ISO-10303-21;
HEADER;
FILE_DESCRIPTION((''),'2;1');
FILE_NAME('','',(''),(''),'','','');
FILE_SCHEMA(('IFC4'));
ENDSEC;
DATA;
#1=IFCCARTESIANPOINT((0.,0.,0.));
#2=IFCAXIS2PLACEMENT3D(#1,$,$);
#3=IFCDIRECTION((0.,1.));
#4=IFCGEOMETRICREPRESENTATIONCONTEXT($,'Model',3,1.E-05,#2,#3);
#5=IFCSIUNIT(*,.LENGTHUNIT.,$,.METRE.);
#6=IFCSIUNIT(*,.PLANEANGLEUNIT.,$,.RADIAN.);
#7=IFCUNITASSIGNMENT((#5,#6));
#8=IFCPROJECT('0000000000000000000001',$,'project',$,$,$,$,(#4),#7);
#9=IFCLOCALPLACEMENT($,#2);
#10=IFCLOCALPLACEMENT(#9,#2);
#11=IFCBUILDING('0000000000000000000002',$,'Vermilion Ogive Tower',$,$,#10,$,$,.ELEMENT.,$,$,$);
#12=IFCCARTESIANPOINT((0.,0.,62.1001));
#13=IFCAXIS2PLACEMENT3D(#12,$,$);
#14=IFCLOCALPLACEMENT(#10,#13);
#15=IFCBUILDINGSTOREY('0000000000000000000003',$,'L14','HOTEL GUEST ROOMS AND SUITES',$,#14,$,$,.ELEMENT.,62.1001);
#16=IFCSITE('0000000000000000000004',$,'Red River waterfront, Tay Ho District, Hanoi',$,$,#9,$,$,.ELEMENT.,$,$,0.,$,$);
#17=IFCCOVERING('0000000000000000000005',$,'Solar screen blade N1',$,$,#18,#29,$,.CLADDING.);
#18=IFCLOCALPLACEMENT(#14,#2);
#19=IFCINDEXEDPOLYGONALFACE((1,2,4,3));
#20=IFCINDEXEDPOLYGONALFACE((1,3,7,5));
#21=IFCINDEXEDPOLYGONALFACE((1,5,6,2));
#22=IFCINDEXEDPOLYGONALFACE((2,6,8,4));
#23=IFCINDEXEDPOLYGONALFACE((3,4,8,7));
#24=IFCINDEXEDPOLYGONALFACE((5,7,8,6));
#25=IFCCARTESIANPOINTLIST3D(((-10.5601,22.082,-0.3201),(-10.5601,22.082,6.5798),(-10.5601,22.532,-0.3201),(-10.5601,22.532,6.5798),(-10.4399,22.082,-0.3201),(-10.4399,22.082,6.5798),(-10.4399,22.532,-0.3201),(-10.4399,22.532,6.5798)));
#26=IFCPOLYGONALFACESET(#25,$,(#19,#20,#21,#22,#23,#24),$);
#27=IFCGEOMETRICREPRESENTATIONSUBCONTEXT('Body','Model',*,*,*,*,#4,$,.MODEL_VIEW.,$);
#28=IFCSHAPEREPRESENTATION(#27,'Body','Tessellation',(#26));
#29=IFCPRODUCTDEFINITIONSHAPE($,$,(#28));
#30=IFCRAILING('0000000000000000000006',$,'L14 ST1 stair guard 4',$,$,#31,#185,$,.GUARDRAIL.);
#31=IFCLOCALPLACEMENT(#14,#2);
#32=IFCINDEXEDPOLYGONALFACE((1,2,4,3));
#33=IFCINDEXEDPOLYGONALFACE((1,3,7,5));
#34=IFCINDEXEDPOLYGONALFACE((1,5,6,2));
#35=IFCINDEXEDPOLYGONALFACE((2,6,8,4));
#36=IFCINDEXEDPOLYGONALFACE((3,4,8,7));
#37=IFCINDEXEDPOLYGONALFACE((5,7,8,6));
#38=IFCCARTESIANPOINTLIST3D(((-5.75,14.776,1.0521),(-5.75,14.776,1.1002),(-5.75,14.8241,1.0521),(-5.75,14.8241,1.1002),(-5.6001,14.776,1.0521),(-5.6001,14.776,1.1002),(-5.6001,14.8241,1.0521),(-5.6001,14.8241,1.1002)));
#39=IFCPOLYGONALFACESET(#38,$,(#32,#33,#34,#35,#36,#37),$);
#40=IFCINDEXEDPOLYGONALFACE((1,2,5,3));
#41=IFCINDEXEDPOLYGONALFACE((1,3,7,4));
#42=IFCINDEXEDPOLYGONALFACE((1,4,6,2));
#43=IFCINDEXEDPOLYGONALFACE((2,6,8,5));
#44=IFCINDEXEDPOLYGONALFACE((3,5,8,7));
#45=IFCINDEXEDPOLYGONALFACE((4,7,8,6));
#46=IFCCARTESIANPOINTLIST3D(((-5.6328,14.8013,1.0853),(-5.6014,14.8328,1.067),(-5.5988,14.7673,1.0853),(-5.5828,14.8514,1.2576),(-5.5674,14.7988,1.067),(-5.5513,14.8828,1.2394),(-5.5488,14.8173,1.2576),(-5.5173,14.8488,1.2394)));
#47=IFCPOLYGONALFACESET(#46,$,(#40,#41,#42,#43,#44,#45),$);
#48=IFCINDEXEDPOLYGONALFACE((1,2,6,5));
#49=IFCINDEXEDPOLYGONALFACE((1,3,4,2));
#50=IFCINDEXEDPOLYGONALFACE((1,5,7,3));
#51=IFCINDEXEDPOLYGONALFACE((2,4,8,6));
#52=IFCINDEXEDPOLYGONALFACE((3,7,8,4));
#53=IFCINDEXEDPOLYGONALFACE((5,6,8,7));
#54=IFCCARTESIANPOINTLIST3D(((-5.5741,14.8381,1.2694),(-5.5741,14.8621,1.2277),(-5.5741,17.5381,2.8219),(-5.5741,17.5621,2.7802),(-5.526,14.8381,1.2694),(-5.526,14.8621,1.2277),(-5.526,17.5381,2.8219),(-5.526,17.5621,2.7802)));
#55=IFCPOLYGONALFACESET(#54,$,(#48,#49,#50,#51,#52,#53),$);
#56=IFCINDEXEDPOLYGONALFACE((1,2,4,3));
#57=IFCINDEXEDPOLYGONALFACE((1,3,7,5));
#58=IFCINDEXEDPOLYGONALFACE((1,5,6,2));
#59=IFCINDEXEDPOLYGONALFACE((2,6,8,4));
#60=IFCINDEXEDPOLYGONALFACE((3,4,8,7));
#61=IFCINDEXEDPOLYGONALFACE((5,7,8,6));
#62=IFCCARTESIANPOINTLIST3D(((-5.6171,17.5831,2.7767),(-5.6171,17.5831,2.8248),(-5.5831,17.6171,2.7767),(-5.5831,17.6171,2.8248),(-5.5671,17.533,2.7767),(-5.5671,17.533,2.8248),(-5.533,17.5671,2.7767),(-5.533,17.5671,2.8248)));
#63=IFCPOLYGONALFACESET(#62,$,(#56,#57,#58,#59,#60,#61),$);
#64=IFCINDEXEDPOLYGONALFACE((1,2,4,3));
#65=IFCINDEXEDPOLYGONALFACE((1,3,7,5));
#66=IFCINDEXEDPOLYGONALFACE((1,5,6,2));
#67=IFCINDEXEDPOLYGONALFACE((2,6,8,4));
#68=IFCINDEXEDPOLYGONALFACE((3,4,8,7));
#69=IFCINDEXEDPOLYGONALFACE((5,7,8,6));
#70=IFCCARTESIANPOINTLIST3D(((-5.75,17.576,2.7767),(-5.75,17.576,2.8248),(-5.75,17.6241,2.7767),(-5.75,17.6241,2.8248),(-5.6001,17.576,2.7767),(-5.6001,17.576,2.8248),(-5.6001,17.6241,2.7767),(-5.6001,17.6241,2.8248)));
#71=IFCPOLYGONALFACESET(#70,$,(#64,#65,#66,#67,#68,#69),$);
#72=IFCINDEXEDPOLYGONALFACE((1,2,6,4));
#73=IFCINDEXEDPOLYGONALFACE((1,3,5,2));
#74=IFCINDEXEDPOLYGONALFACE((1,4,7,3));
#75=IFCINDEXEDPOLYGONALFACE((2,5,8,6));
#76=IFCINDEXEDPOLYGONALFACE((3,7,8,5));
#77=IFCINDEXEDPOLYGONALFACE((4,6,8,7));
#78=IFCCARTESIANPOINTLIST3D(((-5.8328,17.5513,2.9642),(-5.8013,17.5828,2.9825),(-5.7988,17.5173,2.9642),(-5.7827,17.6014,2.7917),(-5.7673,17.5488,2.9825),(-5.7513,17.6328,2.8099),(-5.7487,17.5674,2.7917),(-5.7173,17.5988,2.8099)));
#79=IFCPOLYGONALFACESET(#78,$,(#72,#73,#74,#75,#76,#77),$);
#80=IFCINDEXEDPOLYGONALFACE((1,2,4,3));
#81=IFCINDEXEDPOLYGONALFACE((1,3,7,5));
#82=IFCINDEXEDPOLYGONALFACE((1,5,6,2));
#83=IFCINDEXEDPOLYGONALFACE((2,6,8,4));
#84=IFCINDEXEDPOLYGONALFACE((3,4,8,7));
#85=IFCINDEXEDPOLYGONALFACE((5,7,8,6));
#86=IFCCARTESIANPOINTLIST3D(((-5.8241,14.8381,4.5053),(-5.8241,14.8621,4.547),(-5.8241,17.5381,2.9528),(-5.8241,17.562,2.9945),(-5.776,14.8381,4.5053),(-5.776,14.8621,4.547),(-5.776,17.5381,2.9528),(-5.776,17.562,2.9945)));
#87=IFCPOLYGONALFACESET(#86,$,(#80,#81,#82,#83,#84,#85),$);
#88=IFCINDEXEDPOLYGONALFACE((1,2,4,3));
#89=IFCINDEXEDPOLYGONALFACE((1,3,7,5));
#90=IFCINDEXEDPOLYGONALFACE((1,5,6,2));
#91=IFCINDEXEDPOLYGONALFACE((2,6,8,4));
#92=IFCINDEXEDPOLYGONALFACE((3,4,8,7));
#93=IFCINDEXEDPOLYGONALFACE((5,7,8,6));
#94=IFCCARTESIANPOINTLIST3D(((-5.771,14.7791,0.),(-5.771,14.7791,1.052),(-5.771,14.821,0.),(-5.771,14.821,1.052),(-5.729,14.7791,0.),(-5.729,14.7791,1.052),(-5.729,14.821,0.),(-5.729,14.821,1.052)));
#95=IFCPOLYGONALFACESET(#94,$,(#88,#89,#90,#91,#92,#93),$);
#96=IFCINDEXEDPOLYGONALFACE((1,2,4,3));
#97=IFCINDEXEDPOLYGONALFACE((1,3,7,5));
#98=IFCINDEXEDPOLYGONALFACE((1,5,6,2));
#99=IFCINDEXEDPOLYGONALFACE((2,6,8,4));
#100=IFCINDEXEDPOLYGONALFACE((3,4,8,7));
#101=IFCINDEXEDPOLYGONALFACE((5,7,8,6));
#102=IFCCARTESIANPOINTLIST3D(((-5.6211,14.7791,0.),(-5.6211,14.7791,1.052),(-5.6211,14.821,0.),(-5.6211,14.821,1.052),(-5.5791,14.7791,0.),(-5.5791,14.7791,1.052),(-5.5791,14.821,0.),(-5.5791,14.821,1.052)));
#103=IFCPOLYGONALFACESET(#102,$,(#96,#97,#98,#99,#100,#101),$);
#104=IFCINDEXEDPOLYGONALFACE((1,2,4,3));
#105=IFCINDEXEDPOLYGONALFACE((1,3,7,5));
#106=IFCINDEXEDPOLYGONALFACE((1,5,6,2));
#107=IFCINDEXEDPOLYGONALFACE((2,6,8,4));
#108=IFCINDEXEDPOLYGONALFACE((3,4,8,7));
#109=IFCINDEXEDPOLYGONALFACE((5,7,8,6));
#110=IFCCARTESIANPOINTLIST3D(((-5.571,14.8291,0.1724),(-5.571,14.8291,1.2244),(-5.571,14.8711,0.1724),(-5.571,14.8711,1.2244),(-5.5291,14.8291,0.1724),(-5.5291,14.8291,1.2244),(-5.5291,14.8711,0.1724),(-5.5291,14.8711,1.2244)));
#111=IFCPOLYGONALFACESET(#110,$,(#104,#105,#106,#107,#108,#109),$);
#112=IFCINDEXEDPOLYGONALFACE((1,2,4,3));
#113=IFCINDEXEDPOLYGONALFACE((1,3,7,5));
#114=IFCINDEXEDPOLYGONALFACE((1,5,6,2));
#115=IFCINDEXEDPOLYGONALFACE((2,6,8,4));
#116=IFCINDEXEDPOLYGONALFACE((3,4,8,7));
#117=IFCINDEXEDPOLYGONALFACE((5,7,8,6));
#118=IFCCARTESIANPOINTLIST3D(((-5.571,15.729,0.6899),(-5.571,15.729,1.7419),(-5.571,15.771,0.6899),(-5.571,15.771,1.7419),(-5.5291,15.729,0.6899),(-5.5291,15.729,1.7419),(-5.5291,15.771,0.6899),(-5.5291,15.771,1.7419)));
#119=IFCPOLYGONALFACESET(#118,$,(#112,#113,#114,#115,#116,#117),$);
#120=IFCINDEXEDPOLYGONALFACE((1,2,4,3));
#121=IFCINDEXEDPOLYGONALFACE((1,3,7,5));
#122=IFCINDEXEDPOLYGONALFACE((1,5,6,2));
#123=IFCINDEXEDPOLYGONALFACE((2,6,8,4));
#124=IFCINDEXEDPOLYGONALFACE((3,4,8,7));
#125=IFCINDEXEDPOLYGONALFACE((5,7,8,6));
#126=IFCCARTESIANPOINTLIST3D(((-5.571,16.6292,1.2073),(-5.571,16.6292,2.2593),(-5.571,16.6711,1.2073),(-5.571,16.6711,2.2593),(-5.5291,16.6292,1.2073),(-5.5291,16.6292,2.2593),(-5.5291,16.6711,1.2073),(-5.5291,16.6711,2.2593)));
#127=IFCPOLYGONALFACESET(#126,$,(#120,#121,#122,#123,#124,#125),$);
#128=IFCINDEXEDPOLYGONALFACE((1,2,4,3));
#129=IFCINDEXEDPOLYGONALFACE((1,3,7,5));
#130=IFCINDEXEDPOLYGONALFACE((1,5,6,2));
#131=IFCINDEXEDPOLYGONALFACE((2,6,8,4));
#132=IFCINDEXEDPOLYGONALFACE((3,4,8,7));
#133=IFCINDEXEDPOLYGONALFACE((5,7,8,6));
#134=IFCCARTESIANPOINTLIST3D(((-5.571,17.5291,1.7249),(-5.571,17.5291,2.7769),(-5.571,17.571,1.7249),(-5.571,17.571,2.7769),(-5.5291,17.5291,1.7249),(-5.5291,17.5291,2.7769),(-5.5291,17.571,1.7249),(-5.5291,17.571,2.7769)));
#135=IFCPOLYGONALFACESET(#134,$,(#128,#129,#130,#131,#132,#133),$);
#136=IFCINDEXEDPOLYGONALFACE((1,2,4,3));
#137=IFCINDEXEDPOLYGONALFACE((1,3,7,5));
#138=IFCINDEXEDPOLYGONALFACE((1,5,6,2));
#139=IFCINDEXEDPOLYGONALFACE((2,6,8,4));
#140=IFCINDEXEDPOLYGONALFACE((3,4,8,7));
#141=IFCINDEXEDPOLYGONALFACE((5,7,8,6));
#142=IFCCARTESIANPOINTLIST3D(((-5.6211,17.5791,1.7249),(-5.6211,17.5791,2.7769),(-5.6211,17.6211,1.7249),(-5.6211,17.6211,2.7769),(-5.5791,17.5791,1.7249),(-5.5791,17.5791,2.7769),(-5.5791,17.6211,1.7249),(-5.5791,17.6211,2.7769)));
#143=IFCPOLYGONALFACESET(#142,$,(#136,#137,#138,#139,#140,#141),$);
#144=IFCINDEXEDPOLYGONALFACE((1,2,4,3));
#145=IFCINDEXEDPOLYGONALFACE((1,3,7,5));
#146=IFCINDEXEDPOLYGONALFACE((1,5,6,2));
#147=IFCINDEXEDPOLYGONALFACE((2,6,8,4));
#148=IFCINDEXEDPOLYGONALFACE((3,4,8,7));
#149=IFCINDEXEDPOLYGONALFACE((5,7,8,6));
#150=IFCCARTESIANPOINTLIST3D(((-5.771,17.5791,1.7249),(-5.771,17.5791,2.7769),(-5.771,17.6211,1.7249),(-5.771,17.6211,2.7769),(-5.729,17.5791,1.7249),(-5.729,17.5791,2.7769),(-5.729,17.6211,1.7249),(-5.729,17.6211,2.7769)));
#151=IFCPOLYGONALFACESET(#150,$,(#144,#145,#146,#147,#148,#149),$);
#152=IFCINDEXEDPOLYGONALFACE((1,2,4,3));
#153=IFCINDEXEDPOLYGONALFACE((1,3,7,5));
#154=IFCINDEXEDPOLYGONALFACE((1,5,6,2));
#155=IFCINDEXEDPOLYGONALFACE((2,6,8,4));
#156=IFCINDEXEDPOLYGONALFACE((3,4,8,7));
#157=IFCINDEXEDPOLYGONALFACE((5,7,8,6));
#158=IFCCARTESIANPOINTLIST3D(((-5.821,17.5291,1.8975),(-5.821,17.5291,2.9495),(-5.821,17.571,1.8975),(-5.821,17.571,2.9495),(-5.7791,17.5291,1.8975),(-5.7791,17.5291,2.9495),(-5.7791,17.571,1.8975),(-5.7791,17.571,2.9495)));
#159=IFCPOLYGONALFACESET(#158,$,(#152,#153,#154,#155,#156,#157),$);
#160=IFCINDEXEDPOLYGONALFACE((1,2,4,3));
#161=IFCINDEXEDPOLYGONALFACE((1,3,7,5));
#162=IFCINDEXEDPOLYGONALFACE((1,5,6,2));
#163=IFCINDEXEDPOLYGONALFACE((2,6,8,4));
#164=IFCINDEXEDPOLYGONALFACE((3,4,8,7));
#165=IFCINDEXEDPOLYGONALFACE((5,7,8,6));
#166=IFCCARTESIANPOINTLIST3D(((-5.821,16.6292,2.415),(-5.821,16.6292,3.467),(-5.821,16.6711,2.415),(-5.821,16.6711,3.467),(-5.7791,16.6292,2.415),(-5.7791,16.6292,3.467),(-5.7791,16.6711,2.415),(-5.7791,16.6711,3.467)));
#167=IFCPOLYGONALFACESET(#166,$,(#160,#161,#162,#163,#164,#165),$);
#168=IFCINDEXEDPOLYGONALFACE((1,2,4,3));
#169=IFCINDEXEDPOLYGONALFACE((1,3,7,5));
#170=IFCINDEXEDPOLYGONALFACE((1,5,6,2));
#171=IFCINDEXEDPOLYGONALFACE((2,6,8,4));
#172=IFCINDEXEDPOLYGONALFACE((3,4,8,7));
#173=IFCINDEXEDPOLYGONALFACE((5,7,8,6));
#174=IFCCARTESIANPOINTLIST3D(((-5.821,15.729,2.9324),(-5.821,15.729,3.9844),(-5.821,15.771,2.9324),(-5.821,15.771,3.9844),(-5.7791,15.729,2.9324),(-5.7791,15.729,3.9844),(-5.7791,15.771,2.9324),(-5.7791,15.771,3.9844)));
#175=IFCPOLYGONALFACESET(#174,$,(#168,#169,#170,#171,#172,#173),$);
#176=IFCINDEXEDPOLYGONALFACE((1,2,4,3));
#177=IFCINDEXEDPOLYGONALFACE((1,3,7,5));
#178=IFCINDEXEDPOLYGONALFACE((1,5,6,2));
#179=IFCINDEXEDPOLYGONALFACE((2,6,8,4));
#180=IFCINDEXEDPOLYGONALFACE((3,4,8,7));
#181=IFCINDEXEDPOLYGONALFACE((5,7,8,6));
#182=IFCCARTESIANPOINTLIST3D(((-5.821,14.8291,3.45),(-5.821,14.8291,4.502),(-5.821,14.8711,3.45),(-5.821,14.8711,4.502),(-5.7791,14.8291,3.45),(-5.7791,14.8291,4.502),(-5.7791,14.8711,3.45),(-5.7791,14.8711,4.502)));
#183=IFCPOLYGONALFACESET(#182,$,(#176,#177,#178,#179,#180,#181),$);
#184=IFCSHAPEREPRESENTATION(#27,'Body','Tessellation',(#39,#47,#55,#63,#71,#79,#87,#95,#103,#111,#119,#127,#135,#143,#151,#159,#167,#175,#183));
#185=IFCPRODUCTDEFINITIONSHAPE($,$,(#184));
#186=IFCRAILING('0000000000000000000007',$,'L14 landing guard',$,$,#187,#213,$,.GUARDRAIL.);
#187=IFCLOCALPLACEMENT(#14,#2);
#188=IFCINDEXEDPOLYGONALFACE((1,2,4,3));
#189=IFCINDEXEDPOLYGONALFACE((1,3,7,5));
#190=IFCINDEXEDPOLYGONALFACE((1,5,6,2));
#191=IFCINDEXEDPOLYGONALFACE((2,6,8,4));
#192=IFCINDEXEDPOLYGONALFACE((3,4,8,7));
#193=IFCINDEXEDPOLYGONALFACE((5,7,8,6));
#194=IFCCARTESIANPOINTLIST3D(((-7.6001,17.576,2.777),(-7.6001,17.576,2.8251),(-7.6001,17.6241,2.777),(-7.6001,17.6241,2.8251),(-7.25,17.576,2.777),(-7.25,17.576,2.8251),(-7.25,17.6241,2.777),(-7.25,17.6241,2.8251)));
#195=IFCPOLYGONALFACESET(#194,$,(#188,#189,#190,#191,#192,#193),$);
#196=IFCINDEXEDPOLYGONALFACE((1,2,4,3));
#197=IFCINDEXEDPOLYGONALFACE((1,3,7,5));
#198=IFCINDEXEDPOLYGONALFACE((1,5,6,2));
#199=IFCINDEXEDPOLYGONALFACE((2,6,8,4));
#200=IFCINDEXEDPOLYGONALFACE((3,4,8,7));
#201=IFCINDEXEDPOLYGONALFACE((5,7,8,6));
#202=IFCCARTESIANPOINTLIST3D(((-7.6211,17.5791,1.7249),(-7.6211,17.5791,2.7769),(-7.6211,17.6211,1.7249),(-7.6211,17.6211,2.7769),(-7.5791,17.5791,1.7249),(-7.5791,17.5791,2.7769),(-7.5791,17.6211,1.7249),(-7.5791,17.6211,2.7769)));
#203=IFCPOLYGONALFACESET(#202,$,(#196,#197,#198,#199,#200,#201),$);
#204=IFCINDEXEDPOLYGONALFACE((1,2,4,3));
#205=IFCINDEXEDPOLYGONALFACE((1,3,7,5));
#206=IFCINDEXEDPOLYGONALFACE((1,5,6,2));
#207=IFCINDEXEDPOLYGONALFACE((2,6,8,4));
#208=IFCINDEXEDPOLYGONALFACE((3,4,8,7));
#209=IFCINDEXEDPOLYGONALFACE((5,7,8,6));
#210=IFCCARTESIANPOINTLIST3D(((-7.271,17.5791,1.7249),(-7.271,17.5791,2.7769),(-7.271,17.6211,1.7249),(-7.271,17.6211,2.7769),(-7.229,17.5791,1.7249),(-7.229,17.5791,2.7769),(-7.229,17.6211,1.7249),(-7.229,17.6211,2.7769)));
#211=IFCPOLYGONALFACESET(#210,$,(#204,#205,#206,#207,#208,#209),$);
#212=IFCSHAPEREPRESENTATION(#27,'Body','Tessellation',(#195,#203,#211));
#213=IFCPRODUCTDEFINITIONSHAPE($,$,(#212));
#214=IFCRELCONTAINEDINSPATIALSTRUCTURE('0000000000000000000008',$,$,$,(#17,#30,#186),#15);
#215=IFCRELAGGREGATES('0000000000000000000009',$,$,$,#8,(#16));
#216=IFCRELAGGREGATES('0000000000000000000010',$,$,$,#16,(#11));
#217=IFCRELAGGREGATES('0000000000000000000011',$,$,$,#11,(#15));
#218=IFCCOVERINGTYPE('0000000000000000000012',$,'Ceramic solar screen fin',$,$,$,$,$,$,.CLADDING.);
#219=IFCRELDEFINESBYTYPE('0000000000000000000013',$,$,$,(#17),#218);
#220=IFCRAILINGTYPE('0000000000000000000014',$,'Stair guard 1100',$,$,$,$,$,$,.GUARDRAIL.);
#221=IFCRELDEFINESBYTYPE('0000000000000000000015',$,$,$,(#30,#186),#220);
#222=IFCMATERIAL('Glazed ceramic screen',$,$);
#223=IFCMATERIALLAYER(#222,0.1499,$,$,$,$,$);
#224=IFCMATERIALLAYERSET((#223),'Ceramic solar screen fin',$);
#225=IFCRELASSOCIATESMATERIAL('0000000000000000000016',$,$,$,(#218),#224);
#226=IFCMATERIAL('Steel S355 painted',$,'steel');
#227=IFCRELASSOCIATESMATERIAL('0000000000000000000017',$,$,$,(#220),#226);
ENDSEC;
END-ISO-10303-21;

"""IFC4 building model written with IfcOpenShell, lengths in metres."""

from ifc_helpers import new_model, si_unit, direction, frame, origin, origin_2d, place, context, subcontext, project, spatial, polyline, rectangle, outline, extrude, material, layer, layer_set, type_object, element, save


model = new_model("IFC4")

# Units and contexts
model_context = context("Model", 3, precision=1e-05, world=origin(), true_north=direction((0.0, 1.0)))
body_context = subcontext(model_context, "Body", "Model", "MODEL_VIEW")
ifc_project = project(units=[si_unit("LENGTHUNIT", "METRE"), si_unit("PLANEANGLEUNIT", "RADIAN")], contexts=[model_context])

# Site, building, storey
site_placement = place(None, origin())
site = spatial("IfcSite", under=ifc_project, at=site_placement, Name="Red River waterfront, Tay Ho District, Hanoi", CompositionType="ELEMENT", RefElevation=0.0)
building_placement = place(site_placement, origin())
building = spatial("IfcBuilding", under=site, at=building_placement, Name="Vermilion Ogive Tower", CompositionType="ELEMENT")
storey_placement = place(building_placement, frame((0.0, 0.0, 62.1001)))
storey = spatial("IfcBuildingStorey", under=building, at=storey_placement, Name="L14", Description="HOTEL GUEST ROOMS AND SUITES", CompositionType="ELEMENT", Elevation=62.1001)

# Covering
ifc_material_1 = material(Name="Glazed ceramic screen")
ifc_layer_1 = layer(ifc_material_1, 0.1499)
ifc_layer_set_1 = layer_set([ifc_layer_1], Name="Ceramic solar screen fin")
covering_type_1 = type_object("IfcCoveringType", Name="Ceramic solar screen fin", PredefinedType="CLADDING", material=ifc_layer_set_1)
covering_1_placement = place(storey_placement, frame((0.0, 0.0, -0.3201)))
element("IfcCovering", 1, at=covering_1_placement, inside=storey, type_object=covering_type_1, Name="Solar screen blade N1", PredefinedType="CLADDING", context=body_context, shape_type="SweptSolid", body=[
    extrude(outline(polyline([(-10.5601, 22.082), (-10.4399, 22.082), (-10.4399, 22.532), (-10.5601, 22.532), (-10.5601, 22.082)])), origin(), (0.0, 0.0, 1.0), 6.8999),
])

# Railings
ifc_material_2 = material(Name="Steel S355 painted", Category="steel")
railing_type_1 = type_object("IfcRailingType", Name="Stair guard 1100", PredefinedType="GUARDRAIL", material=ifc_material_2)
railing_1_placement = place(storey_placement, frame((-5.75, 14.8, 0.0)))
element("IfcRailing", 2, at=railing_1_placement, inside=storey, type_object=railing_type_1, Name="L14 ST1 stair guard 4", PredefinedType="GUARDRAIL", context=body_context, shape_type="SweptSolid", body=[
    extrude(rectangle(XDim=0.0481, YDim=0.0481, at=origin_2d()), frame((0.0, 0.0, 1.0762), z_axis=(1.0, 0.0, 0.0), x_axis=(0.0, 1.0, 0.0)), (0.0, 0.0, 1.0), 0.1499),
    extrude(rectangle(XDim=0.0481, YDim=0.0481, at=origin_2d()), frame((0.1499, 0.0, 1.0762), z_axis=(0.268603, 0.268603, 0.925043), x_axis=(-0.707107, 0.707107, 0.0)), (0.0, 0.0, 1.0), 0.1863),
    extrude(rectangle(XDim=0.0481, YDim=0.0481, at=origin_2d()), frame((0.2, 0.05, 1.2485), z_axis=(0.0, 0.866904, 0.498476), x_axis=(-1.0, 0.0, 0.0)), (0.0, 0.0, 1.0), 3.1145),
    extrude(rectangle(XDim=0.0481, YDim=0.0481, at=origin_2d()), frame((0.2, 2.75, 2.8008), z_axis=(-0.707107, 0.707107, 0.0), x_axis=(-0.707107, -0.707107, 0.0)), (0.0, 0.0, 1.0), 0.0708),
    extrude(rectangle(XDim=0.0481, YDim=0.0481, at=origin_2d()), frame((0.1499, 2.8, 2.8008), z_axis=(-1.0, 0.0, 0.0), x_axis=(0.0, -1.0, 0.0)), (0.0, 0.0, 1.0), 0.1499),
    extrude(rectangle(XDim=0.0481, YDim=0.0481, at=origin_2d()), frame((0.0, 2.8, 2.8008), z_axis=(-0.268278, -0.268278, 0.925232), x_axis=(0.707107, -0.707107, 0.0)), (0.0, 0.0, 1.0), 0.1865),
    extrude(rectangle(XDim=0.0481, YDim=0.0481, at=origin_2d()), frame((-0.05, 2.75, 2.9736), z_axis=(0.0, -0.866904, 0.498476), x_axis=(1.0, 0.0, 0.0)), (0.0, 0.0, 1.0), 3.1145),
    extrude(rectangle(XDim=0.042, YDim=0.042, at=origin_2d()), origin(), (0.0, 0.0, 1.0), 1.052),
    extrude(rectangle(XDim=0.042, YDim=0.042, at=origin_2d()), frame((0.1499, 0.0, 0.0)), (0.0, 0.0, 1.0), 1.052),
    extrude(rectangle(XDim=0.042, YDim=0.042, at=origin_2d()), frame((0.2, 0.05, 0.1724)), (0.0, 0.0, 1.0), 1.052),
    extrude(rectangle(XDim=0.042, YDim=0.042, at=origin_2d()), frame((0.2, 0.95, 0.6899)), (0.0, 0.0, 1.0), 1.052),
    extrude(rectangle(XDim=0.042, YDim=0.042, at=origin_2d()), frame((0.2, 1.8501, 1.2073)), (0.0, 0.0, 1.0), 1.052),
    extrude(rectangle(XDim=0.042, YDim=0.042, at=origin_2d()), frame((0.2, 2.75, 1.7249)), (0.0, 0.0, 1.0), 1.052),
    extrude(rectangle(XDim=0.042, YDim=0.042, at=origin_2d()), frame((0.1499, 2.8, 1.7249)), (0.0, 0.0, 1.0), 1.052),
    extrude(rectangle(XDim=0.042, YDim=0.042, at=origin_2d()), frame((0.0, 2.8, 1.7249)), (0.0, 0.0, 1.0), 1.052),
    extrude(rectangle(XDim=0.042, YDim=0.042, at=origin_2d()), frame((-0.05, 2.75, 1.8975)), (0.0, 0.0, 1.0), 1.052),
    extrude(rectangle(XDim=0.042, YDim=0.042, at=origin_2d()), frame((-0.05, 1.8501, 2.415)), (0.0, 0.0, 1.0), 1.052),
    extrude(rectangle(XDim=0.042, YDim=0.042, at=origin_2d()), frame((-0.05, 0.95, 2.9324)), (0.0, 0.0, 1.0), 1.052),
    extrude(rectangle(XDim=0.042, YDim=0.042, at=origin_2d()), frame((-0.05, 0.05, 3.45)), (0.0, 0.0, 1.0), 1.052),
])
railing_2_placement = place(storey_placement, frame((-7.6001, 17.6001, 1.7249)))
element("IfcRailing", 3, at=railing_2_placement, inside=storey, type_object=railing_type_1, Name="L14 landing guard", PredefinedType="GUARDRAIL", context=body_context, shape_type="SweptSolid", body=[
    extrude(rectangle(XDim=0.0481, YDim=0.0481, at=origin_2d()), frame((0.0, 0.0, 1.0762), z_axis=(1.0, 0.0, 0.0), x_axis=(0.0, 1.0, 0.0)), (0.0, 0.0, 1.0), 0.3501),
    extrude(rectangle(XDim=0.042, YDim=0.042, at=origin_2d()), origin(), (0.0, 0.0, 1.0), 1.052),
    extrude(rectangle(XDim=0.042, YDim=0.042, at=origin_2d()), frame((0.3501, 0.0, 0.0)), (0.0, 0.0, 1.0), 1.052),
])

save(model, "model.ifc")
